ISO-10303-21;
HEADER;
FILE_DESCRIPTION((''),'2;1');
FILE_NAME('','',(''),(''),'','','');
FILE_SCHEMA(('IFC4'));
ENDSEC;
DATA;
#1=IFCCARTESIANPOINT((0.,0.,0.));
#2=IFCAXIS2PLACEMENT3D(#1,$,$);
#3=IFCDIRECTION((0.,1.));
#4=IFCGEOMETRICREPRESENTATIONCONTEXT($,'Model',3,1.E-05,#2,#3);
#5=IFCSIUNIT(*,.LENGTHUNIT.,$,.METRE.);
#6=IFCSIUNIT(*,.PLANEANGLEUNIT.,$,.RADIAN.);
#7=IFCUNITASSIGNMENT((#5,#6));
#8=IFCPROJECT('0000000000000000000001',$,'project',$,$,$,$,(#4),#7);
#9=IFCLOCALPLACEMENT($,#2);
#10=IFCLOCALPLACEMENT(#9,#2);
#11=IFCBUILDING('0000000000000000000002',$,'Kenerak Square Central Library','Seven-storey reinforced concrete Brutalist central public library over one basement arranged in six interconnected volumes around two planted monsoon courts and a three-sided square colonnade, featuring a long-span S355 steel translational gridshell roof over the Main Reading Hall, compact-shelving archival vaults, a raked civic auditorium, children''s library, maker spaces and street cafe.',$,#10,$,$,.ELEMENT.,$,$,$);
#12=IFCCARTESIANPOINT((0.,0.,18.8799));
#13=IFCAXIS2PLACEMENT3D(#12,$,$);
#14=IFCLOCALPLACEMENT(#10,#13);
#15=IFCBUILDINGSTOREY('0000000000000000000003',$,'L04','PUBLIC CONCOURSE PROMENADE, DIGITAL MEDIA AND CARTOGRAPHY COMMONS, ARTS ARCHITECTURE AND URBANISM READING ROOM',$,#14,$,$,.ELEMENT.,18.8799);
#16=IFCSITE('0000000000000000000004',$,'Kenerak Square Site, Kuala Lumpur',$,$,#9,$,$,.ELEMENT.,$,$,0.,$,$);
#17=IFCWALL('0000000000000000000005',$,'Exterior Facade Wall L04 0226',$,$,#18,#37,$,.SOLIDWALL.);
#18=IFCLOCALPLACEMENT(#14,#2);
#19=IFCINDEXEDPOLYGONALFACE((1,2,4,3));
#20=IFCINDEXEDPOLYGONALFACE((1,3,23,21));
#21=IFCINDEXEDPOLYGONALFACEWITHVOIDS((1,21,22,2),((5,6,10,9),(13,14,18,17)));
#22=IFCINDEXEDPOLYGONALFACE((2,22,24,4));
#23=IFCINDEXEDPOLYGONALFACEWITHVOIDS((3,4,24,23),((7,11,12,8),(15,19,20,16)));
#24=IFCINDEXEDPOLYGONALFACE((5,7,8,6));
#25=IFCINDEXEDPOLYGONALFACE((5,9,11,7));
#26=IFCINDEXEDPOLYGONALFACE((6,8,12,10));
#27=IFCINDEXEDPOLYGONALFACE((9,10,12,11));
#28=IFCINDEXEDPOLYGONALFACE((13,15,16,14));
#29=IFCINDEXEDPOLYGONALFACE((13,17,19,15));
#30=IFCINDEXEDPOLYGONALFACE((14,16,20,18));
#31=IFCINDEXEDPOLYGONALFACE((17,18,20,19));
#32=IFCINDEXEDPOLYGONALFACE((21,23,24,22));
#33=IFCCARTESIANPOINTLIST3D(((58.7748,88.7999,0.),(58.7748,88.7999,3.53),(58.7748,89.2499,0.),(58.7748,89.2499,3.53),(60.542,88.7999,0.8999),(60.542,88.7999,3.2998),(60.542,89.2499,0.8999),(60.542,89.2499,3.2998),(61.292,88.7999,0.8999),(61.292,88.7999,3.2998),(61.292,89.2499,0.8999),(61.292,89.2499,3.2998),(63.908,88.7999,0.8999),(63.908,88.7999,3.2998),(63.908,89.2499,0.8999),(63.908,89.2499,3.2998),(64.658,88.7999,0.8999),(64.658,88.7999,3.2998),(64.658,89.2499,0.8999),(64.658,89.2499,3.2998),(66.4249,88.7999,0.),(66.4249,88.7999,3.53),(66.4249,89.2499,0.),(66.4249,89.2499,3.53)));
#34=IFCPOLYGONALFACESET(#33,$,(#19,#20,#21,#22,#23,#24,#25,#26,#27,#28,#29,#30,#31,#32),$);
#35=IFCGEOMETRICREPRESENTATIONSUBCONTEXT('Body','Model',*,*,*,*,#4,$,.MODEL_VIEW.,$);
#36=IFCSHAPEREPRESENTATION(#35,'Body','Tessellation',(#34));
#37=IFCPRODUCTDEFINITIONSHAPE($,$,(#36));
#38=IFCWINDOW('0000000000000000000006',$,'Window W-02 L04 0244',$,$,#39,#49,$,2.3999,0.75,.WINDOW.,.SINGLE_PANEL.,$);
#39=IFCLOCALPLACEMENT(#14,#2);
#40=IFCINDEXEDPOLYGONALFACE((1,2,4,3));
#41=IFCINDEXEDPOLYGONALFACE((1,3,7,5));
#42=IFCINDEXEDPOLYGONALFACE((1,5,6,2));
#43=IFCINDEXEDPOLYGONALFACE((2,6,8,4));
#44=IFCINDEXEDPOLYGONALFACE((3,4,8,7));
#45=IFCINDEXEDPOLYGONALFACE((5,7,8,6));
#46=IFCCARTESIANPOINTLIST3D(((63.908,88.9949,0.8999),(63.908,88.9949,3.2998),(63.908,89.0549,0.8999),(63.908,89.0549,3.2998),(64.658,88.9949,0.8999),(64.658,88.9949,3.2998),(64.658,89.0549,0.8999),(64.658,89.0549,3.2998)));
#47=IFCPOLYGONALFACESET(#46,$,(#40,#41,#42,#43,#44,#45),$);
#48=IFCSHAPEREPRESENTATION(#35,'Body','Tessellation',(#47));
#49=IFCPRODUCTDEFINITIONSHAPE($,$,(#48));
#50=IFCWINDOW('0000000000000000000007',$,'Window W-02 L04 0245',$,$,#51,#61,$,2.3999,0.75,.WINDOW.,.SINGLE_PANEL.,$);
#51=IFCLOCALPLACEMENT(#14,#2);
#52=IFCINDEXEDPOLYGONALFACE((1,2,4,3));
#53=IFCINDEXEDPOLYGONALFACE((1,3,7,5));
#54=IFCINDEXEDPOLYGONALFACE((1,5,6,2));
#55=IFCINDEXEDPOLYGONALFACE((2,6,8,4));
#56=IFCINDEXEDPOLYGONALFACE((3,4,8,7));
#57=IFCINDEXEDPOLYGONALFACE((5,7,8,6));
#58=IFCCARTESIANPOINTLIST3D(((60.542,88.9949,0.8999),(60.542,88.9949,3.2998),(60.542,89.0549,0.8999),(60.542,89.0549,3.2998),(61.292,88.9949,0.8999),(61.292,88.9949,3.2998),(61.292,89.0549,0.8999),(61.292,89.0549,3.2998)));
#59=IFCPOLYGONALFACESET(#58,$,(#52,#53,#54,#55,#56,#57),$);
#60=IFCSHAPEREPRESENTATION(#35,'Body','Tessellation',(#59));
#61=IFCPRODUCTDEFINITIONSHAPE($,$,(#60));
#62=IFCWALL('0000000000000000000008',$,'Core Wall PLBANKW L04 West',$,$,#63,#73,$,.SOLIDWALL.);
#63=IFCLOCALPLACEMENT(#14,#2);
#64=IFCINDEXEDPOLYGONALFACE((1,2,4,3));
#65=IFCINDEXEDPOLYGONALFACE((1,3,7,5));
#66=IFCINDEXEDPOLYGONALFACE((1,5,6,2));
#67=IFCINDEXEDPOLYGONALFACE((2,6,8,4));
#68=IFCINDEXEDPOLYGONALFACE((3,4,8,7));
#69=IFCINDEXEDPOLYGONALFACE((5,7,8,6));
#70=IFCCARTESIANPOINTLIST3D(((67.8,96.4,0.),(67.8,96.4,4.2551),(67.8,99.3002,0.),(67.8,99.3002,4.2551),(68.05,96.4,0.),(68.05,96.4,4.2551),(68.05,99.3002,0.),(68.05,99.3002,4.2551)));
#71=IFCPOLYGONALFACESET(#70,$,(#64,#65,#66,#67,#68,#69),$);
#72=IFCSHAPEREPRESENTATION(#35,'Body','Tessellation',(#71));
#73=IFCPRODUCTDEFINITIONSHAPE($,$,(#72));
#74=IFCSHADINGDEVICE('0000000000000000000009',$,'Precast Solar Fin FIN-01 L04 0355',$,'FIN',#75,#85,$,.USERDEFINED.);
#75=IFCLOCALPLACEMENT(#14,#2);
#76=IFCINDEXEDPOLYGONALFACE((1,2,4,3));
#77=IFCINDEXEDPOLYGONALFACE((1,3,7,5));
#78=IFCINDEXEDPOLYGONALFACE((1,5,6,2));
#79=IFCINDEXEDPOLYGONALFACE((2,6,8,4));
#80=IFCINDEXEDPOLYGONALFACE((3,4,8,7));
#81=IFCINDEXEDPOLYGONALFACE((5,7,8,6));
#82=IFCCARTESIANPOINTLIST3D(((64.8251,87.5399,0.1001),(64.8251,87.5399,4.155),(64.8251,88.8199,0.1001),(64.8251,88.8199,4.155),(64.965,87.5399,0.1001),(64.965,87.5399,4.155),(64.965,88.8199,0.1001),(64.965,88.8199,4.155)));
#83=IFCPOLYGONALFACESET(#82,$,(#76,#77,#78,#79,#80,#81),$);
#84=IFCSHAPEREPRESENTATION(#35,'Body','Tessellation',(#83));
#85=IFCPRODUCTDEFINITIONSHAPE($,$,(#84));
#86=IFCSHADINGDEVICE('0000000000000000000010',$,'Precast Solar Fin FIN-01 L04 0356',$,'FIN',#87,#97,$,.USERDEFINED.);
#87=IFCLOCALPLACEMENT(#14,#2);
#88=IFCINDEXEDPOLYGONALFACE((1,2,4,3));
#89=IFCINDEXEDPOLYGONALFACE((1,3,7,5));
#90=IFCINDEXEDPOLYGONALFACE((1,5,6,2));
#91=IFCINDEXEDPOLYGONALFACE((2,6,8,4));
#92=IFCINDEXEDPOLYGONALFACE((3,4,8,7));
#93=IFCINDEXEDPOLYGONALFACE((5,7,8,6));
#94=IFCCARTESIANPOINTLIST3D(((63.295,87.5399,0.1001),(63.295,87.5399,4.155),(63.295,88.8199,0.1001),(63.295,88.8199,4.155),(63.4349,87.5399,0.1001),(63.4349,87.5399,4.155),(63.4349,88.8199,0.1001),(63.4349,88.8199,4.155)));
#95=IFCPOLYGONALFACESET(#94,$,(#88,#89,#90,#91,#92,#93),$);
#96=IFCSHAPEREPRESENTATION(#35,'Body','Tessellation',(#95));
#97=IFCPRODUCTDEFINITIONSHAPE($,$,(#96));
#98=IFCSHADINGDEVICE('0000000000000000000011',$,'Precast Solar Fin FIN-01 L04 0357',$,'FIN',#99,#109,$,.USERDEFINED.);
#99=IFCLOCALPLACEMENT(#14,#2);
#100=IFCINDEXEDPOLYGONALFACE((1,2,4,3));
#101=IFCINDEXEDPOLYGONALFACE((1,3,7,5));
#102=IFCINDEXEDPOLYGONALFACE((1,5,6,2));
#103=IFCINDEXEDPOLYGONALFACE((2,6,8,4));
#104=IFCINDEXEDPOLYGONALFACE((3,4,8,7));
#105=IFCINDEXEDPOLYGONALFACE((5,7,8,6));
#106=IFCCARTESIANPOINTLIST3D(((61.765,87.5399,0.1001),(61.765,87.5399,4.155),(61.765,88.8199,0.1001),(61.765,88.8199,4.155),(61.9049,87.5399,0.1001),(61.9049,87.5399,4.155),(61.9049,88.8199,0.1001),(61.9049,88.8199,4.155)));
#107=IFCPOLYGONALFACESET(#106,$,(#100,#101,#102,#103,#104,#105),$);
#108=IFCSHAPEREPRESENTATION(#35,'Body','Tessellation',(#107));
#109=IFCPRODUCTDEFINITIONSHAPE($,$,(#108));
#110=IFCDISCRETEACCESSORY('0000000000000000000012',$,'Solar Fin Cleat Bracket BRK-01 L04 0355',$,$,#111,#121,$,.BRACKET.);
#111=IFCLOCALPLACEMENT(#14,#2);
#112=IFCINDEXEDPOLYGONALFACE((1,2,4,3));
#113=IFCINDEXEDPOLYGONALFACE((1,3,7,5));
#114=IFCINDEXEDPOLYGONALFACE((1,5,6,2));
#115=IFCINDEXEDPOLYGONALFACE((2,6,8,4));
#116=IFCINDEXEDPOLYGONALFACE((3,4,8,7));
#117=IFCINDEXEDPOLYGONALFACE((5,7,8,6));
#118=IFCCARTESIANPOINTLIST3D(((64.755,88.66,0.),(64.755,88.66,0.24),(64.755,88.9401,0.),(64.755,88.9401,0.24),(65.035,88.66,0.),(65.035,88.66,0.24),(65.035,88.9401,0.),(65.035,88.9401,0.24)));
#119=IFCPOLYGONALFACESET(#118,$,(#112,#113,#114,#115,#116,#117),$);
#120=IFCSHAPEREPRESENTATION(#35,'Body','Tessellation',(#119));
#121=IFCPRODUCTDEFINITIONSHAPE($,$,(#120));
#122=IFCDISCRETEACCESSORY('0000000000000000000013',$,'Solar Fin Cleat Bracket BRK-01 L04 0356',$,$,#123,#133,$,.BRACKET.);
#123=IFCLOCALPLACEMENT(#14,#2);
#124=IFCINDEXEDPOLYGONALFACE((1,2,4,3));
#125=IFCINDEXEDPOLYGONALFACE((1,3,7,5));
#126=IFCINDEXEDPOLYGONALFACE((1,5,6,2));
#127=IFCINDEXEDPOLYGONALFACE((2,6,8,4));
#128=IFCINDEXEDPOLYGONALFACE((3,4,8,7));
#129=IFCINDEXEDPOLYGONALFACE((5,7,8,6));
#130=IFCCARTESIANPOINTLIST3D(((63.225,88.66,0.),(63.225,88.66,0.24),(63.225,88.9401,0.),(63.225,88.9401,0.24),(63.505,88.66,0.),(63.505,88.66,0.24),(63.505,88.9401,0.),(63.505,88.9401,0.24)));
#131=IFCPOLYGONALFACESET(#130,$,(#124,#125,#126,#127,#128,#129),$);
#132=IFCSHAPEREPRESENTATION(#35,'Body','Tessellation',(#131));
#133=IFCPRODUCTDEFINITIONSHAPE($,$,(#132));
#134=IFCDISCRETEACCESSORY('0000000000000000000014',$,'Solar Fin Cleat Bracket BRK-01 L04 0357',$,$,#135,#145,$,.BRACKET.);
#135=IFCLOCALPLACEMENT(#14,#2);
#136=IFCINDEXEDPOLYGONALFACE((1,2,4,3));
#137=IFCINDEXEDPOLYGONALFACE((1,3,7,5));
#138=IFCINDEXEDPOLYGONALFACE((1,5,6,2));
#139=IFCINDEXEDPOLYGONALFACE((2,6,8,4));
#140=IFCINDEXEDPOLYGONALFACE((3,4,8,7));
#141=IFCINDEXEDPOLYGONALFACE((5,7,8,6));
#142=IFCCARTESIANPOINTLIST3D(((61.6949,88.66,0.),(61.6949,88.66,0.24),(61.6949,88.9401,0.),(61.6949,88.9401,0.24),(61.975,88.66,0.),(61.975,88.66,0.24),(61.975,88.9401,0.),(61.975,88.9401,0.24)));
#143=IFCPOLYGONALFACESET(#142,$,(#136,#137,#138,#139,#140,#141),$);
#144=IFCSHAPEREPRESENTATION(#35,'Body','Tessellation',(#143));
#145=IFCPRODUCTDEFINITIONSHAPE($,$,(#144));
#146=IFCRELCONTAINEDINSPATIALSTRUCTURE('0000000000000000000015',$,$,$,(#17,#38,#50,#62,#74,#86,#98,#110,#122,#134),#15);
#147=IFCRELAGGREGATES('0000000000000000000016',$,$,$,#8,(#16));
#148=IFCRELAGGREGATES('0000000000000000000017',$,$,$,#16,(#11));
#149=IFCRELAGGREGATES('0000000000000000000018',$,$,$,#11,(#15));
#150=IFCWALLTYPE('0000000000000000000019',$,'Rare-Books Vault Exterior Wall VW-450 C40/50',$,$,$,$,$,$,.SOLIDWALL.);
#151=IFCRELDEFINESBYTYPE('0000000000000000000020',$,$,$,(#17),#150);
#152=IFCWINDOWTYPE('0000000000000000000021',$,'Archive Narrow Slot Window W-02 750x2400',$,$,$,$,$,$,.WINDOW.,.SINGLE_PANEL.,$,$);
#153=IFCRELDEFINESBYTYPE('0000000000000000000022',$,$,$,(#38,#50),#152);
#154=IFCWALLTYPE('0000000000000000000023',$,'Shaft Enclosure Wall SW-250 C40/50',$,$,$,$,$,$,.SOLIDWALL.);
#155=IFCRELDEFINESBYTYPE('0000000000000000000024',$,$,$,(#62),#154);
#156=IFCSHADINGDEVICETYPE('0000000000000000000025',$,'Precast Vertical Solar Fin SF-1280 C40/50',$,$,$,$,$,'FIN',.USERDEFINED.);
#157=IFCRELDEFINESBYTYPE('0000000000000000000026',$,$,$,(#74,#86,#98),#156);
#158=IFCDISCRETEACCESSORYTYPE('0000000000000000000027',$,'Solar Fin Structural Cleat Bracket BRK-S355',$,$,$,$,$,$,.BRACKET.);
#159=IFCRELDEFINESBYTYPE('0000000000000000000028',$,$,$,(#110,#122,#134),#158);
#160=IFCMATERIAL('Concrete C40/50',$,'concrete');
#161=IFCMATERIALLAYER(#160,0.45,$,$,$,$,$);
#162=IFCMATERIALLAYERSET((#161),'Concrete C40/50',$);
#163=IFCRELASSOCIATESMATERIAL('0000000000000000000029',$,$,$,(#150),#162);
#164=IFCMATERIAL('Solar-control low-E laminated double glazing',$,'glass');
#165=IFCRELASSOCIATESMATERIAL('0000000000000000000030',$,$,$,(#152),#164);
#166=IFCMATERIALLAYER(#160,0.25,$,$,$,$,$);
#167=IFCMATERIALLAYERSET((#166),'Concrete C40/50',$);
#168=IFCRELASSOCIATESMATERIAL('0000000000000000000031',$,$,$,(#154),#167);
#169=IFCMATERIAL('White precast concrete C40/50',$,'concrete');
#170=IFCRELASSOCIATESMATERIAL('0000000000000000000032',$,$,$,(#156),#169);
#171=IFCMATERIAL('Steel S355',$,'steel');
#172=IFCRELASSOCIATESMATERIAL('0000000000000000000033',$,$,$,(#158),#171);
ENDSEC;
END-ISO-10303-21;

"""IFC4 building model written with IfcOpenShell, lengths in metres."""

from ifc_helpers import new_model, si_unit, direction, frame, frame_2d, origin, origin_2d, place, context, subcontext, project, spatial, rectangle, extrude, material, layer, layer_set, type_object, element, fill, save


model = new_model("IFC4")

# Units and contexts
model_context = context("Model", 3, precision=1e-05, world=origin(), true_north=direction((0.0, 1.0)))
body_context = subcontext(model_context, "Body", "Model", "MODEL_VIEW")
ifc_project = project(units=[si_unit("LENGTHUNIT", "METRE"), si_unit("PLANEANGLEUNIT", "RADIAN")], contexts=[model_context])

# Site, building, storey
site_placement = place(None, origin())
site = spatial("IfcSite", under=ifc_project, at=site_placement, Name="Kenerak Square Site, Kuala Lumpur", CompositionType="ELEMENT", RefElevation=0.0)
building_placement = place(site_placement, origin())
building = spatial("IfcBuilding", under=site, at=building_placement, Name="Kenerak Square Central Library", Description="Seven-storey reinforced concrete Brutalist central public library over one basement arranged in six interconnected volumes around two planted monsoon courts and a three-sided square colonnade, featuring a long-span S355 steel translational gridshell roof over the Main Reading Hall, compact-shelving archival vaults, a raked civic auditorium, children's library, maker spaces and street cafe.", CompositionType="ELEMENT")
storey_placement = place(building_placement, frame((0.0, 0.0, 18.8799)))
storey = spatial("IfcBuildingStorey", under=building, at=storey_placement, Name="L04", Description="PUBLIC CONCOURSE PROMENADE, DIGITAL MEDIA AND CARTOGRAPHY COMMONS, ARTS ARCHITECTURE AND URBANISM READING ROOM", CompositionType="ELEMENT", Elevation=18.8799)

# Shared definitions
ifc_material_1 = material(Name="Concrete C40/50", Category="concrete")

# Shared definitions
ifc_material_2 = material(Name="Steel S355", Category="steel")

# Wall, openings, windows
ifc_layer_1 = layer(ifc_material_1, 0.45)
ifc_layer_set_1 = layer_set([ifc_layer_1], Name="Concrete C40/50")
wall_type_1 = type_object("IfcWallType", Name="Rare-Books Vault Exterior Wall VW-450 C40/50", PredefinedType="SOLIDWALL", material=ifc_layer_set_1)
wall_1_placement = place(storey_placement, frame((66.425, 89.0249, 0.0), z_axis=(0.0, 0.0, 1.0), x_axis=(-1.0, 0.0, 0.0)))
wall_1 = element("IfcWall", 1, at=wall_1_placement, inside=storey, type_object=wall_type_1, Name="Exterior Facade Wall L04 0226", PredefinedType="SOLIDWALL", context=body_context, shape_type="SweptSolid", body=[
    extrude(rectangle(XDim=7.6501, YDim=0.45, at=frame_2d((3.8252, 0.0))), origin(), (0.0, 0.0, 1.0), 3.53),
])
opening_1_placement = place(wall_1_placement, frame((1.7671, 0.0, 0.8999)))
opening_1 = element("IfcOpeningElement", 2, at=opening_1_placement, cuts=wall_1, PredefinedType="OPENING", context=body_context, shape_type="SweptSolid", body=[
    extrude(rectangle(XDim=0.75, YDim=2.3999, at=frame_2d((0.375, 1.2))), frame((0.0, 0.2349, 0.0), z_axis=(0.0, -1.0, 0.0), x_axis=(1.0, 0.0, 0.0)), (0.0, 0.0, 1.0), 0.47),
])
opening_2_placement = place(wall_1_placement, frame((5.1331, 0.0, 0.8999)))
opening_2 = element("IfcOpeningElement", 3, at=opening_2_placement, cuts=wall_1, PredefinedType="OPENING", context=body_context, shape_type="SweptSolid", body=[
    extrude(rectangle(XDim=0.75, YDim=2.3999, at=frame_2d((0.375, 1.2))), frame((0.0, 0.2349, 0.0), z_axis=(0.0, -1.0, 0.0), x_axis=(1.0, 0.0, 0.0)), (0.0, 0.0, 1.0), 0.47),
])
ifc_material_3 = material(Name="Solar-control low-E laminated double glazing", Category="glass")
window_type = type_object("IfcWindowType", Name="Archive Narrow Slot Window W-02 750x2400", PartitioningType="SINGLE_PANEL", PredefinedType="WINDOW", material=ifc_material_3)
window_1_placement = place(opening_1_placement, origin())
window_1 = element("IfcWindow", 4, at=window_1_placement, inside=storey, type_object=window_type, Name="Window W-02 L04 0244", OverallHeight=2.3999, OverallWidth=0.75, PartitioningType="SINGLE_PANEL", PredefinedType="WINDOW", context=body_context, shape_type="SweptSolid", body=[
    extrude(rectangle(XDim=0.75, YDim=2.3999, at=frame_2d((0.375, 1.2))), frame((0.0, 0.03, 0.0), z_axis=(0.0, -1.0, 0.0), x_axis=(1.0, 0.0, 0.0)), (0.0, 0.0, 1.0), 0.0601),
])
fill(opening_1, window_1)
window_2_placement = place(opening_2_placement, origin())
window_2 = element("IfcWindow", 5, at=window_2_placement, inside=storey, type_object=window_type, Name="Window W-02 L04 0245", OverallHeight=2.3999, OverallWidth=0.75, PartitioningType="SINGLE_PANEL", PredefinedType="WINDOW", context=body_context, shape_type="SweptSolid", body=[
    extrude(rectangle(XDim=0.75, YDim=2.3999, at=frame_2d((0.375, 1.2))), frame((0.0, 0.03, 0.0), z_axis=(0.0, -1.0, 0.0), x_axis=(1.0, 0.0, 0.0)), (0.0, 0.0, 1.0), 0.0601),
])
fill(opening_2, window_2)

# Wall
ifc_layer_2 = layer(ifc_material_1, 0.25)
ifc_layer_set_2 = layer_set([ifc_layer_2], Name="Concrete C40/50")
wall_type_2 = type_object("IfcWallType", Name="Shaft Enclosure Wall SW-250 C40/50", PredefinedType="SOLIDWALL", material=ifc_layer_set_2)
wall_2_placement = place(storey_placement, frame((67.925, 96.3999, 0.0), z_axis=(0.0, 0.0, 1.0), x_axis=(0.0, 1.0, 0.0)))
element("IfcWall", 6, at=wall_2_placement, inside=storey, type_object=wall_type_2, Name="Core Wall PLBANKW L04 West", PredefinedType="SOLIDWALL", context=body_context, shape_type="SweptSolid", body=[
    extrude(rectangle(XDim=2.9001, YDim=0.25, at=frame_2d((1.4502, 0.0))), origin(), (0.0, 0.0, 1.0), 4.2551),
])

# Shading devices
ifc_material_4 = material(Name="White precast concrete C40/50", Category="concrete")
shading_device_type = type_object("IfcShadingDeviceType", Name="Precast Vertical Solar Fin SF-1280 C40/50", ElementType="FIN", PredefinedType="USERDEFINED", material=ifc_material_4)
for number, where, z_axis, x_axis, name in (
    (7, (64.895, 88.1799, 0.1001), (0.0, 0.0, 1.0), (-1.0, 0.0, 0.0), "Precast Solar Fin FIN-01 L04 0355"),
    (8, (63.365, 88.1799, 0.1001), (0.0, 0.0, 1.0), (-1.0, 0.0, 0.0), "Precast Solar Fin FIN-01 L04 0356"),
    (9, (61.835, 88.1799, 0.1001), (0.0, 0.0, 1.0), (-1.0, 0.0, 0.0), "Precast Solar Fin FIN-01 L04 0357"),
):
    element("IfcShadingDevice", number, at=place(storey_placement, frame(where, z_axis=z_axis, x_axis=x_axis)), inside=storey, type_object=shading_device_type, Name=name, ObjectType="FIN", PredefinedType="USERDEFINED", context=body_context, shape_type="SweptSolid", body=[
        extrude(rectangle(XDim=0.1399, YDim=1.28, at=origin_2d()), origin(), (0.0, 0.0, 1.0), 4.0549),
    ])

# Discrete accessories
discrete_accessory_type = type_object("IfcDiscreteAccessoryType", Name="Solar Fin Structural Cleat Bracket BRK-S355", PredefinedType="BRACKET", material=ifc_material_2)
for number, where, z_axis, x_axis, name in (
    (10, (64.895, 88.8, 0.0), (0.0, 0.0, 1.0), (-1.0, 0.0, 0.0), "Solar Fin Cleat Bracket BRK-01 L04 0355"),
    (11, (63.365, 88.8, 0.0), (0.0, 0.0, 1.0), (-1.0, 0.0, 0.0), "Solar Fin Cleat Bracket BRK-01 L04 0356"),
    (12, (61.835, 88.8, 0.0), (0.0, 0.0, 1.0), (-1.0, 0.0, 0.0), "Solar Fin Cleat Bracket BRK-01 L04 0357"),
):
    element("IfcDiscreteAccessory", number, at=place(storey_placement, frame(where, z_axis=z_axis, x_axis=x_axis)), inside=storey, type_object=discrete_accessory_type, Name=name, PredefinedType="BRACKET", context=body_context, shape_type="SweptSolid", body=[
        extrude(rectangle(XDim=0.28, YDim=0.28, at=origin_2d()), origin(), (0.0, 0.0, 1.0), 0.24),
    ])

save(model, "model.ifc")
